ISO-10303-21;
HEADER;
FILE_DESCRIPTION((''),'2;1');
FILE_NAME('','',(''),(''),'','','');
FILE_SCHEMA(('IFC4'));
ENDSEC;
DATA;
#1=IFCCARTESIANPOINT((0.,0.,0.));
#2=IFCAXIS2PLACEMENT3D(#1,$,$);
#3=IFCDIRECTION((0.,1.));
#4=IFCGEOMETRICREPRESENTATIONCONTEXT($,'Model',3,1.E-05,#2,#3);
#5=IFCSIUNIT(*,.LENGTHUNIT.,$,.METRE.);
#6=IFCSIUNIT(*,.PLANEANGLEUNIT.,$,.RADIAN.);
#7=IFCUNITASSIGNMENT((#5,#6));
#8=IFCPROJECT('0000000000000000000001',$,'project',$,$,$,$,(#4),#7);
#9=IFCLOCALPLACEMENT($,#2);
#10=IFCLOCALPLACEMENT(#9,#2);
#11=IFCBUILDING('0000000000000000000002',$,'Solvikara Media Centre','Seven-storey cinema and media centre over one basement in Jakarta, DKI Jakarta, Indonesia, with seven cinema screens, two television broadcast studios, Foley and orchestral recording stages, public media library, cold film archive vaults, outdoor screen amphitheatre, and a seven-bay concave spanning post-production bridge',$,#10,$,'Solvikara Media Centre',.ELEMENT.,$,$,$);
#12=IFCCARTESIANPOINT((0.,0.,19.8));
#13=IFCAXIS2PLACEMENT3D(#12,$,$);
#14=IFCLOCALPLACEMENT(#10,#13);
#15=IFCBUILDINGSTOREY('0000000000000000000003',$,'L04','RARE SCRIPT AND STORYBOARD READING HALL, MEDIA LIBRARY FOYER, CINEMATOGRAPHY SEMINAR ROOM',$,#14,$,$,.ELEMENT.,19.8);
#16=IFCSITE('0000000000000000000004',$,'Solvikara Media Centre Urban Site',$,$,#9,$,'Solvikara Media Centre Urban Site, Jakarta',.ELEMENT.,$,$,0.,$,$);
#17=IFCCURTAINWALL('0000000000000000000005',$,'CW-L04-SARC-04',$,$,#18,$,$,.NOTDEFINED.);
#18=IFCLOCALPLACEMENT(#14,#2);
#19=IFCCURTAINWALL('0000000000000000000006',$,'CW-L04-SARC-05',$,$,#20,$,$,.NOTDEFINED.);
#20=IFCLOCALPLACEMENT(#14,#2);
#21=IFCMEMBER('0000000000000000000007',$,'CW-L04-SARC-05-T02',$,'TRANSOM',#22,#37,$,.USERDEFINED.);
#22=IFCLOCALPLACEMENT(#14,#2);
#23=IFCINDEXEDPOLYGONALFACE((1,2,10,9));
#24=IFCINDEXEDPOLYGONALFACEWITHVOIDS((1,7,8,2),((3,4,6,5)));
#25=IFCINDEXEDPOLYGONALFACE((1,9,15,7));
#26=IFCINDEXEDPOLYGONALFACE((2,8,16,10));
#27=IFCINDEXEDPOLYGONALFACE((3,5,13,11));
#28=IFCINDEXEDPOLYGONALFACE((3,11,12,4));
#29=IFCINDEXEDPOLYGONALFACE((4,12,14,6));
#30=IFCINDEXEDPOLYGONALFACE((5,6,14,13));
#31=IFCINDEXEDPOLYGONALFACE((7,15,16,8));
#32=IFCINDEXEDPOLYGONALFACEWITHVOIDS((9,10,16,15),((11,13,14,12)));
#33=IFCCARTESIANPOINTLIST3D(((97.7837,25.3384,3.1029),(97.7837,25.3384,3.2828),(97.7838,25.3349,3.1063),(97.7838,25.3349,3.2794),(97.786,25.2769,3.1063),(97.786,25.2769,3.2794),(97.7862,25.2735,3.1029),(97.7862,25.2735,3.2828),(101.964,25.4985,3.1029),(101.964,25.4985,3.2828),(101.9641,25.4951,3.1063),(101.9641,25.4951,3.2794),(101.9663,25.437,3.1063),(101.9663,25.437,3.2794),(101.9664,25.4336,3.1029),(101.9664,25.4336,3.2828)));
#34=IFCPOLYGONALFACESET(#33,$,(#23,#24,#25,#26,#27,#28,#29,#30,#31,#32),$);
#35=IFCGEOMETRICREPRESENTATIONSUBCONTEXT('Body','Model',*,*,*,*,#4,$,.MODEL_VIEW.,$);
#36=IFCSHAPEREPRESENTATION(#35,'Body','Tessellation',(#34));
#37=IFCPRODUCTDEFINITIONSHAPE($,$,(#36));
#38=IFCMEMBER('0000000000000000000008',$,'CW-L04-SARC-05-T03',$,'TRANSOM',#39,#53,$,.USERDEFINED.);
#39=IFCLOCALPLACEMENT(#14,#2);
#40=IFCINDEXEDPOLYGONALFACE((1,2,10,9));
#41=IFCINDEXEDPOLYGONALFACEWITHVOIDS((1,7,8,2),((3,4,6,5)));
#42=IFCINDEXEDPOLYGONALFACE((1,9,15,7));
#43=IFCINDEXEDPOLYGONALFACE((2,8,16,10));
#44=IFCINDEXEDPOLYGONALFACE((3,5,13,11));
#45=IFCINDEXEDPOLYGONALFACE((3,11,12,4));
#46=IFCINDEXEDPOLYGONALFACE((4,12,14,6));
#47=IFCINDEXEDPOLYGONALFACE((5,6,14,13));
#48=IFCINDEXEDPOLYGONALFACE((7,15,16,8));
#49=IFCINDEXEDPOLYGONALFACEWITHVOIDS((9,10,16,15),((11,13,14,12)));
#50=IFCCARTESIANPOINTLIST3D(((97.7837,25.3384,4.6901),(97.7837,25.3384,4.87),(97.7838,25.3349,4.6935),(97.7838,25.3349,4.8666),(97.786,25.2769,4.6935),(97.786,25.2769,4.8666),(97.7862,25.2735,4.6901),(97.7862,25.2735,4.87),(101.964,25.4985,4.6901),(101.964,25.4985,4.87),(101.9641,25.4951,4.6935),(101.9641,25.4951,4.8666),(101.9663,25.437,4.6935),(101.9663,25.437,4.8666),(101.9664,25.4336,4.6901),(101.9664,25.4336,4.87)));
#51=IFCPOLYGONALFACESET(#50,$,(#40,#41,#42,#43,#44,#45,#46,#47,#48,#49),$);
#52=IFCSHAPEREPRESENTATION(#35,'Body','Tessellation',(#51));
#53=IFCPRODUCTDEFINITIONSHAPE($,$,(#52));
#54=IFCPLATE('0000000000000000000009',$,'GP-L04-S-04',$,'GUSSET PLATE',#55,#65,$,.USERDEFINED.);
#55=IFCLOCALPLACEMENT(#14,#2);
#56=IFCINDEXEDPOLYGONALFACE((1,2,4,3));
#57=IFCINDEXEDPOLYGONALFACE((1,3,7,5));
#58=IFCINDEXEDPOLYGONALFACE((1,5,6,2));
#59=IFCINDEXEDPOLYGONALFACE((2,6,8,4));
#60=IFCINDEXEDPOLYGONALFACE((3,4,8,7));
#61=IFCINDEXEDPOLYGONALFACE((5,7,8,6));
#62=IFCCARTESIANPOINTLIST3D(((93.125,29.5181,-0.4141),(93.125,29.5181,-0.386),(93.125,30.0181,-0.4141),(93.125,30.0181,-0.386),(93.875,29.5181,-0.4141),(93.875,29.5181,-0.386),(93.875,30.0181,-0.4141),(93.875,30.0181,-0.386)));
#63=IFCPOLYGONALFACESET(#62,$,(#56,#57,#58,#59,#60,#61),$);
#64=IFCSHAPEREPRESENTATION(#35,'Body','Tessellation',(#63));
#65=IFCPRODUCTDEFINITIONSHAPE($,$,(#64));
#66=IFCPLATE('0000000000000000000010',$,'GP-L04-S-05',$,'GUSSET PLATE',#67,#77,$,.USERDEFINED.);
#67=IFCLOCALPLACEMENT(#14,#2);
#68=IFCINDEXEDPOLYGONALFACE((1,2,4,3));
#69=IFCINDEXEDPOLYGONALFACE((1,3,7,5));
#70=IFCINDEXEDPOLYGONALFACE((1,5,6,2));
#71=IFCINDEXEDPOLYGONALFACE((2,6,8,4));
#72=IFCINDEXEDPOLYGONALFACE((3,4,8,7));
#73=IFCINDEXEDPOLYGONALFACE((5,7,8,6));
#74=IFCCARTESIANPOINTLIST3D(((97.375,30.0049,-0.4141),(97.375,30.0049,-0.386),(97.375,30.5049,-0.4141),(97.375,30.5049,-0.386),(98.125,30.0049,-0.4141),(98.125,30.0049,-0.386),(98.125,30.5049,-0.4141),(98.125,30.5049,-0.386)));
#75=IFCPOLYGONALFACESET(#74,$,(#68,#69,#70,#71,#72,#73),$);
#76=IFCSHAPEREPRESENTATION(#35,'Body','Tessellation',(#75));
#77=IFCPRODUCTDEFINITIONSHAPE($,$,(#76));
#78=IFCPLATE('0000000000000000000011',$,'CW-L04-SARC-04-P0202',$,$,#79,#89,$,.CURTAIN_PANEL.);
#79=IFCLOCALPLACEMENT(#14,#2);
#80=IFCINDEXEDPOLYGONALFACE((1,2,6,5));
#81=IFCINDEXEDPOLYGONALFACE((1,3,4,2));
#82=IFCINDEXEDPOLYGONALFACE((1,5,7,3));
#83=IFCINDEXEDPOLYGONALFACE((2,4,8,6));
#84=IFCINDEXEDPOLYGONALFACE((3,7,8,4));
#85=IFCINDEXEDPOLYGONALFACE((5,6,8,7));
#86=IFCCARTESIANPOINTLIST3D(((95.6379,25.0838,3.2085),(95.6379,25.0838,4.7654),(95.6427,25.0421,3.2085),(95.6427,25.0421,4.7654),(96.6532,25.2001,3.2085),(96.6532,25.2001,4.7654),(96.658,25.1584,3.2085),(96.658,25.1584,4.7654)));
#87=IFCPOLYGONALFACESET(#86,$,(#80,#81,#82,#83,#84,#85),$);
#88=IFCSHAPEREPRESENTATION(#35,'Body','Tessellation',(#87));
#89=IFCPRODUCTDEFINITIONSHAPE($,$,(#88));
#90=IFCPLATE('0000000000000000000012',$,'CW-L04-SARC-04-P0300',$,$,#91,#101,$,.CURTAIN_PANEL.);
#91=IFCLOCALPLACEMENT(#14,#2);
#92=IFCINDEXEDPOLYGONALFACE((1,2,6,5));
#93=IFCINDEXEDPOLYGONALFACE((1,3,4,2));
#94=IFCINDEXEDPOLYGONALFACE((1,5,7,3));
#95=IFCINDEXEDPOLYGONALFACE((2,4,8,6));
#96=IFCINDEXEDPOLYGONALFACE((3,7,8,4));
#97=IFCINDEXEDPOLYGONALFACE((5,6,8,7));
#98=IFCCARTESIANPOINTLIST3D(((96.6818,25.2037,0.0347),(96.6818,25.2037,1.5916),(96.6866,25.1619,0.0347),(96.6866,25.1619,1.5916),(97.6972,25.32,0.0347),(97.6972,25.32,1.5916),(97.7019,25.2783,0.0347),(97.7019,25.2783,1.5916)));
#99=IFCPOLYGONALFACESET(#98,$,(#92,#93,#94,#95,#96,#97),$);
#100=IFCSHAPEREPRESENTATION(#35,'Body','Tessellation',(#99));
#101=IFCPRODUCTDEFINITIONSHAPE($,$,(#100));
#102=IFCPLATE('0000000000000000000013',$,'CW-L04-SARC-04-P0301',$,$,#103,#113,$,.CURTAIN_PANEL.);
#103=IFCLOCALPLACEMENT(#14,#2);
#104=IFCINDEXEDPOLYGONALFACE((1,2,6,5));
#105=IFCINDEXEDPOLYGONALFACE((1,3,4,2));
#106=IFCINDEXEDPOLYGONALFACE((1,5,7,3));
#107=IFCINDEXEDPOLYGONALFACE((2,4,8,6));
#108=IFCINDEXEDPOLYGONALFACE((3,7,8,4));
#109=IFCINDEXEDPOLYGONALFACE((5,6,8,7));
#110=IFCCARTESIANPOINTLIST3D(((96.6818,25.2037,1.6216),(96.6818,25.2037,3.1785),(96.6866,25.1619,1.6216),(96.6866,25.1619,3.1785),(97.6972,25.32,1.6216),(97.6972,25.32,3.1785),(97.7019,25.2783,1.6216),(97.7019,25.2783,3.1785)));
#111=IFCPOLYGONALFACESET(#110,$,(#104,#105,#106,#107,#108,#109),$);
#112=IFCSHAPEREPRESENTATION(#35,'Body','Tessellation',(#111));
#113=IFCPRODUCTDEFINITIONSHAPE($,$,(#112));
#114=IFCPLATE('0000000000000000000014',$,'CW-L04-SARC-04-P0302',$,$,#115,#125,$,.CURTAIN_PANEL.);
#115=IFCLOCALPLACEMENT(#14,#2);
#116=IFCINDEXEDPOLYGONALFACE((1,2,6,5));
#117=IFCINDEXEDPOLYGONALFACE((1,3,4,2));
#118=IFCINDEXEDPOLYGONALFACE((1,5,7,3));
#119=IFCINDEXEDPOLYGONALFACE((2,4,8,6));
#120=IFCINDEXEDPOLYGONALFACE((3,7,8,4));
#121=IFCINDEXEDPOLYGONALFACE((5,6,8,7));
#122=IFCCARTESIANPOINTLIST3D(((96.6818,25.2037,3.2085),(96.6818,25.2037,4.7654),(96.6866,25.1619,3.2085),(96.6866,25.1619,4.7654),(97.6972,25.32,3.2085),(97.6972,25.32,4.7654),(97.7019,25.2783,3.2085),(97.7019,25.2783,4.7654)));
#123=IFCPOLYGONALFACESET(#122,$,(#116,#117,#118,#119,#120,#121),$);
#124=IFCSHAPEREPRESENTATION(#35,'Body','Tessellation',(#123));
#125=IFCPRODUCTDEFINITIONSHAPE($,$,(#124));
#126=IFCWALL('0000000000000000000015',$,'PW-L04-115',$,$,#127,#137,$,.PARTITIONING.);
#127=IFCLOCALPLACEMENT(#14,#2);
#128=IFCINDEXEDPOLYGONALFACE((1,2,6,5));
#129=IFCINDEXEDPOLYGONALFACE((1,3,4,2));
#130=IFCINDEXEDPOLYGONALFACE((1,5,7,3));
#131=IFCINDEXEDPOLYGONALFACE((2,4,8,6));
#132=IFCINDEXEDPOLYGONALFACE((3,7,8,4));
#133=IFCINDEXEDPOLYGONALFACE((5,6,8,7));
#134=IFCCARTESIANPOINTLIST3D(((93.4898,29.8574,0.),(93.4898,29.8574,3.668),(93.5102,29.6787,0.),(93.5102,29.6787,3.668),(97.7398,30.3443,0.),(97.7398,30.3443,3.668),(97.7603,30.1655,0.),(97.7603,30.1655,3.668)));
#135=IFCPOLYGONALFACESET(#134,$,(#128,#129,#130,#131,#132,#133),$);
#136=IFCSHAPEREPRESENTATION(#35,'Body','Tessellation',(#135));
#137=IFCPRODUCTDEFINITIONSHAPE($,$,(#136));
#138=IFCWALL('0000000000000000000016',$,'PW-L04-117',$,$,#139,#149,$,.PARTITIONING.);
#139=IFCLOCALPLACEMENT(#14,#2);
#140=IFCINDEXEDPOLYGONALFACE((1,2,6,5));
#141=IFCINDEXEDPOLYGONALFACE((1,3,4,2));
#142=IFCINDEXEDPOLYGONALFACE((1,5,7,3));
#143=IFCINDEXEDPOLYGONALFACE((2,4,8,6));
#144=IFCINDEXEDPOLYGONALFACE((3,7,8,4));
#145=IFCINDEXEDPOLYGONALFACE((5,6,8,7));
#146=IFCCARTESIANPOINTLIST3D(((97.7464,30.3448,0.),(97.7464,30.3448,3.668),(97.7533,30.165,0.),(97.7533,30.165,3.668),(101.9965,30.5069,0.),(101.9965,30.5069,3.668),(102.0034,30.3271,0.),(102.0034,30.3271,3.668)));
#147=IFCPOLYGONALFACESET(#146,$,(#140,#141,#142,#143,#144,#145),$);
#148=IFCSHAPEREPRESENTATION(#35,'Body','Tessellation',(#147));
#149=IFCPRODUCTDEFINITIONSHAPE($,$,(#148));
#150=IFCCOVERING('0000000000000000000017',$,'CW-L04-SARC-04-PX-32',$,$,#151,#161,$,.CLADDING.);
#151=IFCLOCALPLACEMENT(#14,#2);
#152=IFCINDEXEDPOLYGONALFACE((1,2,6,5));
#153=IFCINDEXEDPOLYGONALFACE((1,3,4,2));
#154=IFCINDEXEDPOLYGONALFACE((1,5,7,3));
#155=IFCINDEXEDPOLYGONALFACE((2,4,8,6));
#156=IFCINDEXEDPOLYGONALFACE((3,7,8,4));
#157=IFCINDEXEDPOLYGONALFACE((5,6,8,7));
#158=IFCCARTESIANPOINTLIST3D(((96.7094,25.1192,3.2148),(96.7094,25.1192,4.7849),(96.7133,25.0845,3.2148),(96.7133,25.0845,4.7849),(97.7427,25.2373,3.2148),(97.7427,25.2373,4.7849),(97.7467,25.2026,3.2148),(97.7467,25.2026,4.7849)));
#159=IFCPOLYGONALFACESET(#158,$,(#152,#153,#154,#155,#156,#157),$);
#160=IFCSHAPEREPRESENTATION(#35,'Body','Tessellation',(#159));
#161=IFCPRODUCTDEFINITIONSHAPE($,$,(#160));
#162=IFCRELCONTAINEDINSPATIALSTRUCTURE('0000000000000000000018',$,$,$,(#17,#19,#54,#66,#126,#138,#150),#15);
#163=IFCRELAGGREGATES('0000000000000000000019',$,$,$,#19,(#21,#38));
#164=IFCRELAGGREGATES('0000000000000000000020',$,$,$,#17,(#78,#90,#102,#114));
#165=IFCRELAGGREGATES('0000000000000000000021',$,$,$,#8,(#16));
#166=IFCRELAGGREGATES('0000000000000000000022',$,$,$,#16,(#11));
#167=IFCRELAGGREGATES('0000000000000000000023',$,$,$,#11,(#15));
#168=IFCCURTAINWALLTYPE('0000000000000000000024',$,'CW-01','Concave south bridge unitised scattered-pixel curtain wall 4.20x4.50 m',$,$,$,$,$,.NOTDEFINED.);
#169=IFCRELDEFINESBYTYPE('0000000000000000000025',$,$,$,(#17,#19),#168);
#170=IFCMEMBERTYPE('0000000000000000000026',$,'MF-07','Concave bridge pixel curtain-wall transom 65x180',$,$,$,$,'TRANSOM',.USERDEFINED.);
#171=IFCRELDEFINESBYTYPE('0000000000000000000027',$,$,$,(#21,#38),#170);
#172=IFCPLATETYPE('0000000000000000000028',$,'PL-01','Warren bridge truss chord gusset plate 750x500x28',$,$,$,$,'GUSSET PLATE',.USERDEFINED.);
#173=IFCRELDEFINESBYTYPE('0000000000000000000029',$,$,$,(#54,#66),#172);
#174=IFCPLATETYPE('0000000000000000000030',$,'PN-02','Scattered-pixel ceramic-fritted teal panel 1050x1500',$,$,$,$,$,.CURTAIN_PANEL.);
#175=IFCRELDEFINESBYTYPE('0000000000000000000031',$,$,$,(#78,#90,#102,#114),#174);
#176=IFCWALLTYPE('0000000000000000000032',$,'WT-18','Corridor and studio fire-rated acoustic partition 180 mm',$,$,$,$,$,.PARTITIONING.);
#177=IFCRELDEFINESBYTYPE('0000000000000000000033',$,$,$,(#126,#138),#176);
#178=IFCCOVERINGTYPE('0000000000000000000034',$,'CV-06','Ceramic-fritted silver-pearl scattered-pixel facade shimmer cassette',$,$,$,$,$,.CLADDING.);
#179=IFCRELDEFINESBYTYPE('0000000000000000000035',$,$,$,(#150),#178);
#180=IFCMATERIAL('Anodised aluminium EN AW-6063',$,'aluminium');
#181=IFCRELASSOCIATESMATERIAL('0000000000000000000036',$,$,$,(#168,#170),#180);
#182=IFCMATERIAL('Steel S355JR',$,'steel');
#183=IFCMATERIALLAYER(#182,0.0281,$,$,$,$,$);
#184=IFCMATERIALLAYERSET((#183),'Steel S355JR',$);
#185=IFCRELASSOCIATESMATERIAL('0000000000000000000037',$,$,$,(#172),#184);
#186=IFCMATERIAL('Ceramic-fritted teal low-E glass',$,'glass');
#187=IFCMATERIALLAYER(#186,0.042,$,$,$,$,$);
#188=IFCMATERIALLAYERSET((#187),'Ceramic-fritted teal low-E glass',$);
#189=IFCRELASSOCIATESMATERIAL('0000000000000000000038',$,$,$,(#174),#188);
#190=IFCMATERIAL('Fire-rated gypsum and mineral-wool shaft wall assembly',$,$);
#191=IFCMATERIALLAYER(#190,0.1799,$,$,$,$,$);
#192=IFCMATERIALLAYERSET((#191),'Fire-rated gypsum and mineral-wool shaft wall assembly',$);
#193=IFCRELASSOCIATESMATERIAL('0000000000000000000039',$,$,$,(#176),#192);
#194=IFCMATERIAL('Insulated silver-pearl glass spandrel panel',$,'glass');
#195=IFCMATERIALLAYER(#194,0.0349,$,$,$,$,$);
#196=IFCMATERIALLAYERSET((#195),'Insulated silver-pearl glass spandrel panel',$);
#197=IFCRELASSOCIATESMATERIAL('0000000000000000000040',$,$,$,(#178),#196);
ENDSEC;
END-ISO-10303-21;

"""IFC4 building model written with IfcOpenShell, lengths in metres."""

from ifc_helpers import new_model, si_unit, direction, frame, frame_2d, origin, origin_2d, place, context, subcontext, project, spatial, rectangle, hollow_rectangle, extrude, material, layer, layer_set, material_profile, profile_set, type_object, element, aggregate, save


model = new_model("IFC4")

# Units and contexts
model_context = context("Model", 3, precision=1e-05, world=origin(), true_north=direction((0.0, 1.0)))
body_context = subcontext(model_context, "Body", "Model", "MODEL_VIEW")
ifc_project = project(units=[si_unit("LENGTHUNIT", "METRE"), si_unit("PLANEANGLEUNIT", "RADIAN")], contexts=[model_context])

# Site, building, storey
site_placement = place(None, origin())
site = spatial("IfcSite", under=ifc_project, at=site_placement, Name="Solvikara Media Centre Urban Site", LongName="Solvikara Media Centre Urban Site, Jakarta", CompositionType="ELEMENT", RefElevation=0.0)
building_placement = place(site_placement, origin())
building = spatial("IfcBuilding", under=site, at=building_placement, Name="Solvikara Media Centre", Description="Seven-storey cinema and media centre over one basement in Jakarta, DKI Jakarta, Indonesia, with seven cinema screens, two television broadcast studios, Foley and orchestral recording stages, public media library, cold film archive vaults, outdoor screen amphitheatre, and a seven-bay concave spanning post-production bridge", LongName="Solvikara Media Centre", CompositionType="ELEMENT")
storey_placement = place(building_placement, frame((0.0, 0.0, 19.8)))
storey = spatial("IfcBuildingStorey", under=building, at=storey_placement, Name="L04", Description="RARE SCRIPT AND STORYBOARD READING HALL, MEDIA LIBRARY FOYER, CINEMATOGRAPHY SEMINAR ROOM", CompositionType="ELEMENT", Elevation=19.8)

# Shared definitions
ifc_material_1 = material(Name="Steel S355JR", Category="steel")

# Curtain walls, members
ifc_material_2 = material(Name="Anodised aluminium EN AW-6063", Category="aluminium")
curtain_wall_type = type_object("IfcCurtainWallType", Name="CW-01", Description="Concave south bridge unitised scattered-pixel curtain wall 4.20x4.50 m", PredefinedType="NOTDEFINED", material=ifc_material_2)
curtain_wall_1_placement = place(storey_placement, origin())
curtain_wall_1 = element("IfcCurtainWall", 1, at=curtain_wall_1_placement, inside=storey, type_object=curtain_wall_type, Name="CW-L04-SARC-04", PredefinedType="NOTDEFINED")
curtain_wall_2_placement = place(storey_placement, origin())
curtain_wall_2 = element("IfcCurtainWall", 2, at=curtain_wall_2_placement, inside=storey, type_object=curtain_wall_type, Name="CW-L04-SARC-05", PredefinedType="NOTDEFINED")
ifc_material_profile_1 = material_profile(ifc_material_2, hollow_rectangle(XDim=0.0649, YDim=0.1799, WallThickness=0.0034, at=origin_2d()), Name="ALU-T 65x180x3.5")
ifc_profile_set_1 = profile_set([ifc_material_profile_1], Name="Anodised aluminium EN AW-6063")
member_type_1 = type_object("IfcMemberType", Name="MF-07", Description="Concave bridge pixel curtain-wall transom 65x180", ElementType="TRANSOM", PredefinedType="USERDEFINED", material=ifc_profile_set_1)
member_1_placement = place(storey_placement, frame((97.7849, 25.3059, 3.1929), z_axis=(0.999267, 0.038285, 0.0), x_axis=(-0.038285, 0.999267, 0.0)))
member_1 = element("IfcMember", 3, at=member_1_placement, type_object=member_type_1, Name="CW-L04-SARC-05-T02", ObjectType="TRANSOM", PredefinedType="USERDEFINED", context=body_context, shape_type="SweptSolid", body=[
    extrude(hollow_rectangle(XDim=0.0649, YDim=0.1799, WallThickness=0.0034, at=origin_2d()), origin(), (0.0, 0.0, 1.0), 4.1833),
])
member_2_placement = place(storey_placement, frame((97.7849, 25.3059, 4.78), z_axis=(0.999267, 0.038285, 0.0), x_axis=(-0.038285, 0.999267, 0.0)))
member_2 = element("IfcMember", 4, at=member_2_placement, type_object=member_type_1, Name="CW-L04-SARC-05-T03", ObjectType="TRANSOM", PredefinedType="USERDEFINED", context=body_context, shape_type="SweptSolid", body=[
    extrude(hollow_rectangle(XDim=0.0649, YDim=0.1799, WallThickness=0.0034, at=origin_2d()), origin(), (0.0, 0.0, 1.0), 4.1833),
])
aggregate(curtain_wall_2, [member_1, member_2])

# Plates
ifc_layer_1 = layer(ifc_material_1, 0.0281)
ifc_layer_set_1 = layer_set([ifc_layer_1], Name="Steel S355JR")
plate_type_1 = type_object("IfcPlateType", Name="PL-01", Description="Warren bridge truss chord gusset plate 750x500x28", ElementType="GUSSET PLATE", PredefinedType="USERDEFINED", material=ifc_layer_set_1)
for number, where, z_axis, x_axis, name in (
    (5, (93.5, 29.7681, -0.4141), (0.0, 0.0, 1.0), (1.0, 0.0, 0.0), "GP-L04-S-04"),
    (6, (97.75, 30.2549, -0.4141), (0.0, 0.0, 1.0), (1.0, 0.0, 0.0), "GP-L04-S-05"),
):
    element("IfcPlate", number, at=place(storey_placement, frame(where, z_axis=z_axis, x_axis=x_axis)), inside=storey, type_object=plate_type_1, Name=name, ObjectType="GUSSET PLATE", PredefinedType="USERDEFINED", context=body_context, shape_type="SweptSolid", body=[
        extrude(rectangle(XDim=0.75, YDim=0.5, at=origin_2d()), origin(), (0.0, 0.0, 1.0), 0.0281),
    ])

# Plates
ifc_material_3 = material(Name="Ceramic-fritted teal low-E glass", Category="glass")
ifc_layer_2 = layer(ifc_material_3, 0.042)
ifc_layer_set_2 = layer_set([ifc_layer_2], Name="Ceramic-fritted teal low-E glass")
plate_type_2 = type_object("IfcPlateType", Name="PN-02", Description="Scattered-pixel ceramic-fritted teal panel 1050x1500", PredefinedType="CURTAIN_PANEL", material=ifc_layer_set_2)
plate_1_placement = place(storey_placement, frame((96.1479, 25.1211, 3.2085), z_axis=(0.0, 0.0, 1.0), x_axis=(0.993499, 0.113845, 0.0)))
plate_1 = element("IfcPlate", 7, at=plate_1_placement, type_object=plate_type_2, Name="CW-L04-SARC-04-P0202", PredefinedType="CURTAIN_PANEL", context=body_context, shape_type="SweptSolid", body=[
    extrude(rectangle(XDim=1.022, YDim=0.042, at=origin_2d()), origin(), (0.0, 0.0, 1.0), 1.5569),
])
plate_2_placement = place(storey_placement, frame((97.1919, 25.241, 0.0347), z_axis=(0.0, 0.0, 1.0), x_axis=(0.993499, 0.113845, 0.0)))
plate_2 = element("IfcPlate", 8, at=plate_2_placement, type_object=plate_type_2, Name="CW-L04-SARC-04-P0300", PredefinedType="CURTAIN_PANEL", context=body_context, shape_type="SweptSolid", body=[
    extrude(rectangle(XDim=1.022, YDim=0.042, at=origin_2d()), origin(), (0.0, 0.0, 1.0), 1.5569),
])
plate_3_placement = place(storey_placement, frame((97.1919, 25.241, 1.6216), z_axis=(0.0, 0.0, 1.0), x_axis=(0.993499, 0.113845, 0.0)))
plate_3 = element("IfcPlate", 9, at=plate_3_placement, type_object=plate_type_2, Name="CW-L04-SARC-04-P0301", PredefinedType="CURTAIN_PANEL", context=body_context, shape_type="SweptSolid", body=[
    extrude(rectangle(XDim=1.022, YDim=0.042, at=origin_2d()), origin(), (0.0, 0.0, 1.0), 1.5569),
])
plate_4_placement = place(storey_placement, frame((97.1919, 25.241, 3.2085), z_axis=(0.0, 0.0, 1.0), x_axis=(0.993499, 0.113845, 0.0)))
plate_4 = element("IfcPlate", 10, at=plate_4_placement, type_object=plate_type_2, Name="CW-L04-SARC-04-P0302", PredefinedType="CURTAIN_PANEL", context=body_context, shape_type="SweptSolid", body=[
    extrude(rectangle(XDim=1.022, YDim=0.042, at=origin_2d()), origin(), (0.0, 0.0, 1.0), 1.5569),
])
aggregate(curtain_wall_1, [plate_1, plate_2, plate_3, plate_4])

# Walls
ifc_material_4 = material(Name="Fire-rated gypsum and mineral-wool shaft wall assembly")
ifc_layer_3 = layer(ifc_material_4, 0.1799)
ifc_layer_set_3 = layer_set([ifc_layer_3], Name="Fire-rated gypsum and mineral-wool shaft wall assembly")
wall_type = type_object("IfcWallType", Name="WT-18", Description="Corridor and studio fire-rated acoustic partition 180 mm", PredefinedType="PARTITIONING", material=ifc_layer_set_3)
wall_1_placement = place(storey_placement, frame((93.5, 29.7681, 0.0), z_axis=(0.0, 0.0, 1.0), x_axis=(0.993504, 0.113801, 0.0)))
element("IfcWall", 11, at=wall_1_placement, inside=storey, type_object=wall_type, Name="PW-L04-115", PredefinedType="PARTITIONING", context=body_context, shape_type="SweptSolid", body=[
    extrude(rectangle(XDim=4.2778, YDim=0.1799, at=frame_2d((2.1389, 0.0))), origin(), (0.0, 0.0, 1.0), 3.668),
])
wall_2_placement = place(storey_placement, frame((97.75, 30.2549, 0.0), z_axis=(0.0, 0.0, 1.0), x_axis=(0.999273, 0.038116, 0.0)))
element("IfcWall", 12, at=wall_2_placement, inside=storey, type_object=wall_type, Name="PW-L04-117", PredefinedType="PARTITIONING", context=body_context, shape_type="SweptSolid", body=[
    extrude(rectangle(XDim=4.2532, YDim=0.1799, at=frame_2d((2.1265, 0.0))), origin(), (0.0, 0.0, 1.0), 3.668),
])

# Covering
ifc_material_5 = material(Name="Insulated silver-pearl glass spandrel panel", Category="glass")
ifc_layer_4 = layer(ifc_material_5, 0.0349)
ifc_layer_set_4 = layer_set([ifc_layer_4], Name="Insulated silver-pearl glass spandrel panel")
covering_type = type_object("IfcCoveringType", Name="CV-06", Description="Ceramic-fritted silver-pearl scattered-pixel facade shimmer cassette", PredefinedType="CLADDING", material=ifc_layer_set_4)
covering_placement = place(storey_placement, frame((97.228, 25.1609, 3.2148), z_axis=(0.0, 0.0, 1.0), x_axis=(0.993538, 0.113498, 0.0)))
element("IfcCovering", 13, at=covering_placement, inside=storey, type_object=covering_type, Name="CW-L04-SARC-04-PX-32", PredefinedType="CLADDING", context=body_context, shape_type="SweptSolid", body=[
    extrude(rectangle(XDim=1.04, YDim=0.0349, at=origin_2d()), origin(), (0.0, 0.0, 1.0), 1.5701),
])

save(model, "model.ifc")
